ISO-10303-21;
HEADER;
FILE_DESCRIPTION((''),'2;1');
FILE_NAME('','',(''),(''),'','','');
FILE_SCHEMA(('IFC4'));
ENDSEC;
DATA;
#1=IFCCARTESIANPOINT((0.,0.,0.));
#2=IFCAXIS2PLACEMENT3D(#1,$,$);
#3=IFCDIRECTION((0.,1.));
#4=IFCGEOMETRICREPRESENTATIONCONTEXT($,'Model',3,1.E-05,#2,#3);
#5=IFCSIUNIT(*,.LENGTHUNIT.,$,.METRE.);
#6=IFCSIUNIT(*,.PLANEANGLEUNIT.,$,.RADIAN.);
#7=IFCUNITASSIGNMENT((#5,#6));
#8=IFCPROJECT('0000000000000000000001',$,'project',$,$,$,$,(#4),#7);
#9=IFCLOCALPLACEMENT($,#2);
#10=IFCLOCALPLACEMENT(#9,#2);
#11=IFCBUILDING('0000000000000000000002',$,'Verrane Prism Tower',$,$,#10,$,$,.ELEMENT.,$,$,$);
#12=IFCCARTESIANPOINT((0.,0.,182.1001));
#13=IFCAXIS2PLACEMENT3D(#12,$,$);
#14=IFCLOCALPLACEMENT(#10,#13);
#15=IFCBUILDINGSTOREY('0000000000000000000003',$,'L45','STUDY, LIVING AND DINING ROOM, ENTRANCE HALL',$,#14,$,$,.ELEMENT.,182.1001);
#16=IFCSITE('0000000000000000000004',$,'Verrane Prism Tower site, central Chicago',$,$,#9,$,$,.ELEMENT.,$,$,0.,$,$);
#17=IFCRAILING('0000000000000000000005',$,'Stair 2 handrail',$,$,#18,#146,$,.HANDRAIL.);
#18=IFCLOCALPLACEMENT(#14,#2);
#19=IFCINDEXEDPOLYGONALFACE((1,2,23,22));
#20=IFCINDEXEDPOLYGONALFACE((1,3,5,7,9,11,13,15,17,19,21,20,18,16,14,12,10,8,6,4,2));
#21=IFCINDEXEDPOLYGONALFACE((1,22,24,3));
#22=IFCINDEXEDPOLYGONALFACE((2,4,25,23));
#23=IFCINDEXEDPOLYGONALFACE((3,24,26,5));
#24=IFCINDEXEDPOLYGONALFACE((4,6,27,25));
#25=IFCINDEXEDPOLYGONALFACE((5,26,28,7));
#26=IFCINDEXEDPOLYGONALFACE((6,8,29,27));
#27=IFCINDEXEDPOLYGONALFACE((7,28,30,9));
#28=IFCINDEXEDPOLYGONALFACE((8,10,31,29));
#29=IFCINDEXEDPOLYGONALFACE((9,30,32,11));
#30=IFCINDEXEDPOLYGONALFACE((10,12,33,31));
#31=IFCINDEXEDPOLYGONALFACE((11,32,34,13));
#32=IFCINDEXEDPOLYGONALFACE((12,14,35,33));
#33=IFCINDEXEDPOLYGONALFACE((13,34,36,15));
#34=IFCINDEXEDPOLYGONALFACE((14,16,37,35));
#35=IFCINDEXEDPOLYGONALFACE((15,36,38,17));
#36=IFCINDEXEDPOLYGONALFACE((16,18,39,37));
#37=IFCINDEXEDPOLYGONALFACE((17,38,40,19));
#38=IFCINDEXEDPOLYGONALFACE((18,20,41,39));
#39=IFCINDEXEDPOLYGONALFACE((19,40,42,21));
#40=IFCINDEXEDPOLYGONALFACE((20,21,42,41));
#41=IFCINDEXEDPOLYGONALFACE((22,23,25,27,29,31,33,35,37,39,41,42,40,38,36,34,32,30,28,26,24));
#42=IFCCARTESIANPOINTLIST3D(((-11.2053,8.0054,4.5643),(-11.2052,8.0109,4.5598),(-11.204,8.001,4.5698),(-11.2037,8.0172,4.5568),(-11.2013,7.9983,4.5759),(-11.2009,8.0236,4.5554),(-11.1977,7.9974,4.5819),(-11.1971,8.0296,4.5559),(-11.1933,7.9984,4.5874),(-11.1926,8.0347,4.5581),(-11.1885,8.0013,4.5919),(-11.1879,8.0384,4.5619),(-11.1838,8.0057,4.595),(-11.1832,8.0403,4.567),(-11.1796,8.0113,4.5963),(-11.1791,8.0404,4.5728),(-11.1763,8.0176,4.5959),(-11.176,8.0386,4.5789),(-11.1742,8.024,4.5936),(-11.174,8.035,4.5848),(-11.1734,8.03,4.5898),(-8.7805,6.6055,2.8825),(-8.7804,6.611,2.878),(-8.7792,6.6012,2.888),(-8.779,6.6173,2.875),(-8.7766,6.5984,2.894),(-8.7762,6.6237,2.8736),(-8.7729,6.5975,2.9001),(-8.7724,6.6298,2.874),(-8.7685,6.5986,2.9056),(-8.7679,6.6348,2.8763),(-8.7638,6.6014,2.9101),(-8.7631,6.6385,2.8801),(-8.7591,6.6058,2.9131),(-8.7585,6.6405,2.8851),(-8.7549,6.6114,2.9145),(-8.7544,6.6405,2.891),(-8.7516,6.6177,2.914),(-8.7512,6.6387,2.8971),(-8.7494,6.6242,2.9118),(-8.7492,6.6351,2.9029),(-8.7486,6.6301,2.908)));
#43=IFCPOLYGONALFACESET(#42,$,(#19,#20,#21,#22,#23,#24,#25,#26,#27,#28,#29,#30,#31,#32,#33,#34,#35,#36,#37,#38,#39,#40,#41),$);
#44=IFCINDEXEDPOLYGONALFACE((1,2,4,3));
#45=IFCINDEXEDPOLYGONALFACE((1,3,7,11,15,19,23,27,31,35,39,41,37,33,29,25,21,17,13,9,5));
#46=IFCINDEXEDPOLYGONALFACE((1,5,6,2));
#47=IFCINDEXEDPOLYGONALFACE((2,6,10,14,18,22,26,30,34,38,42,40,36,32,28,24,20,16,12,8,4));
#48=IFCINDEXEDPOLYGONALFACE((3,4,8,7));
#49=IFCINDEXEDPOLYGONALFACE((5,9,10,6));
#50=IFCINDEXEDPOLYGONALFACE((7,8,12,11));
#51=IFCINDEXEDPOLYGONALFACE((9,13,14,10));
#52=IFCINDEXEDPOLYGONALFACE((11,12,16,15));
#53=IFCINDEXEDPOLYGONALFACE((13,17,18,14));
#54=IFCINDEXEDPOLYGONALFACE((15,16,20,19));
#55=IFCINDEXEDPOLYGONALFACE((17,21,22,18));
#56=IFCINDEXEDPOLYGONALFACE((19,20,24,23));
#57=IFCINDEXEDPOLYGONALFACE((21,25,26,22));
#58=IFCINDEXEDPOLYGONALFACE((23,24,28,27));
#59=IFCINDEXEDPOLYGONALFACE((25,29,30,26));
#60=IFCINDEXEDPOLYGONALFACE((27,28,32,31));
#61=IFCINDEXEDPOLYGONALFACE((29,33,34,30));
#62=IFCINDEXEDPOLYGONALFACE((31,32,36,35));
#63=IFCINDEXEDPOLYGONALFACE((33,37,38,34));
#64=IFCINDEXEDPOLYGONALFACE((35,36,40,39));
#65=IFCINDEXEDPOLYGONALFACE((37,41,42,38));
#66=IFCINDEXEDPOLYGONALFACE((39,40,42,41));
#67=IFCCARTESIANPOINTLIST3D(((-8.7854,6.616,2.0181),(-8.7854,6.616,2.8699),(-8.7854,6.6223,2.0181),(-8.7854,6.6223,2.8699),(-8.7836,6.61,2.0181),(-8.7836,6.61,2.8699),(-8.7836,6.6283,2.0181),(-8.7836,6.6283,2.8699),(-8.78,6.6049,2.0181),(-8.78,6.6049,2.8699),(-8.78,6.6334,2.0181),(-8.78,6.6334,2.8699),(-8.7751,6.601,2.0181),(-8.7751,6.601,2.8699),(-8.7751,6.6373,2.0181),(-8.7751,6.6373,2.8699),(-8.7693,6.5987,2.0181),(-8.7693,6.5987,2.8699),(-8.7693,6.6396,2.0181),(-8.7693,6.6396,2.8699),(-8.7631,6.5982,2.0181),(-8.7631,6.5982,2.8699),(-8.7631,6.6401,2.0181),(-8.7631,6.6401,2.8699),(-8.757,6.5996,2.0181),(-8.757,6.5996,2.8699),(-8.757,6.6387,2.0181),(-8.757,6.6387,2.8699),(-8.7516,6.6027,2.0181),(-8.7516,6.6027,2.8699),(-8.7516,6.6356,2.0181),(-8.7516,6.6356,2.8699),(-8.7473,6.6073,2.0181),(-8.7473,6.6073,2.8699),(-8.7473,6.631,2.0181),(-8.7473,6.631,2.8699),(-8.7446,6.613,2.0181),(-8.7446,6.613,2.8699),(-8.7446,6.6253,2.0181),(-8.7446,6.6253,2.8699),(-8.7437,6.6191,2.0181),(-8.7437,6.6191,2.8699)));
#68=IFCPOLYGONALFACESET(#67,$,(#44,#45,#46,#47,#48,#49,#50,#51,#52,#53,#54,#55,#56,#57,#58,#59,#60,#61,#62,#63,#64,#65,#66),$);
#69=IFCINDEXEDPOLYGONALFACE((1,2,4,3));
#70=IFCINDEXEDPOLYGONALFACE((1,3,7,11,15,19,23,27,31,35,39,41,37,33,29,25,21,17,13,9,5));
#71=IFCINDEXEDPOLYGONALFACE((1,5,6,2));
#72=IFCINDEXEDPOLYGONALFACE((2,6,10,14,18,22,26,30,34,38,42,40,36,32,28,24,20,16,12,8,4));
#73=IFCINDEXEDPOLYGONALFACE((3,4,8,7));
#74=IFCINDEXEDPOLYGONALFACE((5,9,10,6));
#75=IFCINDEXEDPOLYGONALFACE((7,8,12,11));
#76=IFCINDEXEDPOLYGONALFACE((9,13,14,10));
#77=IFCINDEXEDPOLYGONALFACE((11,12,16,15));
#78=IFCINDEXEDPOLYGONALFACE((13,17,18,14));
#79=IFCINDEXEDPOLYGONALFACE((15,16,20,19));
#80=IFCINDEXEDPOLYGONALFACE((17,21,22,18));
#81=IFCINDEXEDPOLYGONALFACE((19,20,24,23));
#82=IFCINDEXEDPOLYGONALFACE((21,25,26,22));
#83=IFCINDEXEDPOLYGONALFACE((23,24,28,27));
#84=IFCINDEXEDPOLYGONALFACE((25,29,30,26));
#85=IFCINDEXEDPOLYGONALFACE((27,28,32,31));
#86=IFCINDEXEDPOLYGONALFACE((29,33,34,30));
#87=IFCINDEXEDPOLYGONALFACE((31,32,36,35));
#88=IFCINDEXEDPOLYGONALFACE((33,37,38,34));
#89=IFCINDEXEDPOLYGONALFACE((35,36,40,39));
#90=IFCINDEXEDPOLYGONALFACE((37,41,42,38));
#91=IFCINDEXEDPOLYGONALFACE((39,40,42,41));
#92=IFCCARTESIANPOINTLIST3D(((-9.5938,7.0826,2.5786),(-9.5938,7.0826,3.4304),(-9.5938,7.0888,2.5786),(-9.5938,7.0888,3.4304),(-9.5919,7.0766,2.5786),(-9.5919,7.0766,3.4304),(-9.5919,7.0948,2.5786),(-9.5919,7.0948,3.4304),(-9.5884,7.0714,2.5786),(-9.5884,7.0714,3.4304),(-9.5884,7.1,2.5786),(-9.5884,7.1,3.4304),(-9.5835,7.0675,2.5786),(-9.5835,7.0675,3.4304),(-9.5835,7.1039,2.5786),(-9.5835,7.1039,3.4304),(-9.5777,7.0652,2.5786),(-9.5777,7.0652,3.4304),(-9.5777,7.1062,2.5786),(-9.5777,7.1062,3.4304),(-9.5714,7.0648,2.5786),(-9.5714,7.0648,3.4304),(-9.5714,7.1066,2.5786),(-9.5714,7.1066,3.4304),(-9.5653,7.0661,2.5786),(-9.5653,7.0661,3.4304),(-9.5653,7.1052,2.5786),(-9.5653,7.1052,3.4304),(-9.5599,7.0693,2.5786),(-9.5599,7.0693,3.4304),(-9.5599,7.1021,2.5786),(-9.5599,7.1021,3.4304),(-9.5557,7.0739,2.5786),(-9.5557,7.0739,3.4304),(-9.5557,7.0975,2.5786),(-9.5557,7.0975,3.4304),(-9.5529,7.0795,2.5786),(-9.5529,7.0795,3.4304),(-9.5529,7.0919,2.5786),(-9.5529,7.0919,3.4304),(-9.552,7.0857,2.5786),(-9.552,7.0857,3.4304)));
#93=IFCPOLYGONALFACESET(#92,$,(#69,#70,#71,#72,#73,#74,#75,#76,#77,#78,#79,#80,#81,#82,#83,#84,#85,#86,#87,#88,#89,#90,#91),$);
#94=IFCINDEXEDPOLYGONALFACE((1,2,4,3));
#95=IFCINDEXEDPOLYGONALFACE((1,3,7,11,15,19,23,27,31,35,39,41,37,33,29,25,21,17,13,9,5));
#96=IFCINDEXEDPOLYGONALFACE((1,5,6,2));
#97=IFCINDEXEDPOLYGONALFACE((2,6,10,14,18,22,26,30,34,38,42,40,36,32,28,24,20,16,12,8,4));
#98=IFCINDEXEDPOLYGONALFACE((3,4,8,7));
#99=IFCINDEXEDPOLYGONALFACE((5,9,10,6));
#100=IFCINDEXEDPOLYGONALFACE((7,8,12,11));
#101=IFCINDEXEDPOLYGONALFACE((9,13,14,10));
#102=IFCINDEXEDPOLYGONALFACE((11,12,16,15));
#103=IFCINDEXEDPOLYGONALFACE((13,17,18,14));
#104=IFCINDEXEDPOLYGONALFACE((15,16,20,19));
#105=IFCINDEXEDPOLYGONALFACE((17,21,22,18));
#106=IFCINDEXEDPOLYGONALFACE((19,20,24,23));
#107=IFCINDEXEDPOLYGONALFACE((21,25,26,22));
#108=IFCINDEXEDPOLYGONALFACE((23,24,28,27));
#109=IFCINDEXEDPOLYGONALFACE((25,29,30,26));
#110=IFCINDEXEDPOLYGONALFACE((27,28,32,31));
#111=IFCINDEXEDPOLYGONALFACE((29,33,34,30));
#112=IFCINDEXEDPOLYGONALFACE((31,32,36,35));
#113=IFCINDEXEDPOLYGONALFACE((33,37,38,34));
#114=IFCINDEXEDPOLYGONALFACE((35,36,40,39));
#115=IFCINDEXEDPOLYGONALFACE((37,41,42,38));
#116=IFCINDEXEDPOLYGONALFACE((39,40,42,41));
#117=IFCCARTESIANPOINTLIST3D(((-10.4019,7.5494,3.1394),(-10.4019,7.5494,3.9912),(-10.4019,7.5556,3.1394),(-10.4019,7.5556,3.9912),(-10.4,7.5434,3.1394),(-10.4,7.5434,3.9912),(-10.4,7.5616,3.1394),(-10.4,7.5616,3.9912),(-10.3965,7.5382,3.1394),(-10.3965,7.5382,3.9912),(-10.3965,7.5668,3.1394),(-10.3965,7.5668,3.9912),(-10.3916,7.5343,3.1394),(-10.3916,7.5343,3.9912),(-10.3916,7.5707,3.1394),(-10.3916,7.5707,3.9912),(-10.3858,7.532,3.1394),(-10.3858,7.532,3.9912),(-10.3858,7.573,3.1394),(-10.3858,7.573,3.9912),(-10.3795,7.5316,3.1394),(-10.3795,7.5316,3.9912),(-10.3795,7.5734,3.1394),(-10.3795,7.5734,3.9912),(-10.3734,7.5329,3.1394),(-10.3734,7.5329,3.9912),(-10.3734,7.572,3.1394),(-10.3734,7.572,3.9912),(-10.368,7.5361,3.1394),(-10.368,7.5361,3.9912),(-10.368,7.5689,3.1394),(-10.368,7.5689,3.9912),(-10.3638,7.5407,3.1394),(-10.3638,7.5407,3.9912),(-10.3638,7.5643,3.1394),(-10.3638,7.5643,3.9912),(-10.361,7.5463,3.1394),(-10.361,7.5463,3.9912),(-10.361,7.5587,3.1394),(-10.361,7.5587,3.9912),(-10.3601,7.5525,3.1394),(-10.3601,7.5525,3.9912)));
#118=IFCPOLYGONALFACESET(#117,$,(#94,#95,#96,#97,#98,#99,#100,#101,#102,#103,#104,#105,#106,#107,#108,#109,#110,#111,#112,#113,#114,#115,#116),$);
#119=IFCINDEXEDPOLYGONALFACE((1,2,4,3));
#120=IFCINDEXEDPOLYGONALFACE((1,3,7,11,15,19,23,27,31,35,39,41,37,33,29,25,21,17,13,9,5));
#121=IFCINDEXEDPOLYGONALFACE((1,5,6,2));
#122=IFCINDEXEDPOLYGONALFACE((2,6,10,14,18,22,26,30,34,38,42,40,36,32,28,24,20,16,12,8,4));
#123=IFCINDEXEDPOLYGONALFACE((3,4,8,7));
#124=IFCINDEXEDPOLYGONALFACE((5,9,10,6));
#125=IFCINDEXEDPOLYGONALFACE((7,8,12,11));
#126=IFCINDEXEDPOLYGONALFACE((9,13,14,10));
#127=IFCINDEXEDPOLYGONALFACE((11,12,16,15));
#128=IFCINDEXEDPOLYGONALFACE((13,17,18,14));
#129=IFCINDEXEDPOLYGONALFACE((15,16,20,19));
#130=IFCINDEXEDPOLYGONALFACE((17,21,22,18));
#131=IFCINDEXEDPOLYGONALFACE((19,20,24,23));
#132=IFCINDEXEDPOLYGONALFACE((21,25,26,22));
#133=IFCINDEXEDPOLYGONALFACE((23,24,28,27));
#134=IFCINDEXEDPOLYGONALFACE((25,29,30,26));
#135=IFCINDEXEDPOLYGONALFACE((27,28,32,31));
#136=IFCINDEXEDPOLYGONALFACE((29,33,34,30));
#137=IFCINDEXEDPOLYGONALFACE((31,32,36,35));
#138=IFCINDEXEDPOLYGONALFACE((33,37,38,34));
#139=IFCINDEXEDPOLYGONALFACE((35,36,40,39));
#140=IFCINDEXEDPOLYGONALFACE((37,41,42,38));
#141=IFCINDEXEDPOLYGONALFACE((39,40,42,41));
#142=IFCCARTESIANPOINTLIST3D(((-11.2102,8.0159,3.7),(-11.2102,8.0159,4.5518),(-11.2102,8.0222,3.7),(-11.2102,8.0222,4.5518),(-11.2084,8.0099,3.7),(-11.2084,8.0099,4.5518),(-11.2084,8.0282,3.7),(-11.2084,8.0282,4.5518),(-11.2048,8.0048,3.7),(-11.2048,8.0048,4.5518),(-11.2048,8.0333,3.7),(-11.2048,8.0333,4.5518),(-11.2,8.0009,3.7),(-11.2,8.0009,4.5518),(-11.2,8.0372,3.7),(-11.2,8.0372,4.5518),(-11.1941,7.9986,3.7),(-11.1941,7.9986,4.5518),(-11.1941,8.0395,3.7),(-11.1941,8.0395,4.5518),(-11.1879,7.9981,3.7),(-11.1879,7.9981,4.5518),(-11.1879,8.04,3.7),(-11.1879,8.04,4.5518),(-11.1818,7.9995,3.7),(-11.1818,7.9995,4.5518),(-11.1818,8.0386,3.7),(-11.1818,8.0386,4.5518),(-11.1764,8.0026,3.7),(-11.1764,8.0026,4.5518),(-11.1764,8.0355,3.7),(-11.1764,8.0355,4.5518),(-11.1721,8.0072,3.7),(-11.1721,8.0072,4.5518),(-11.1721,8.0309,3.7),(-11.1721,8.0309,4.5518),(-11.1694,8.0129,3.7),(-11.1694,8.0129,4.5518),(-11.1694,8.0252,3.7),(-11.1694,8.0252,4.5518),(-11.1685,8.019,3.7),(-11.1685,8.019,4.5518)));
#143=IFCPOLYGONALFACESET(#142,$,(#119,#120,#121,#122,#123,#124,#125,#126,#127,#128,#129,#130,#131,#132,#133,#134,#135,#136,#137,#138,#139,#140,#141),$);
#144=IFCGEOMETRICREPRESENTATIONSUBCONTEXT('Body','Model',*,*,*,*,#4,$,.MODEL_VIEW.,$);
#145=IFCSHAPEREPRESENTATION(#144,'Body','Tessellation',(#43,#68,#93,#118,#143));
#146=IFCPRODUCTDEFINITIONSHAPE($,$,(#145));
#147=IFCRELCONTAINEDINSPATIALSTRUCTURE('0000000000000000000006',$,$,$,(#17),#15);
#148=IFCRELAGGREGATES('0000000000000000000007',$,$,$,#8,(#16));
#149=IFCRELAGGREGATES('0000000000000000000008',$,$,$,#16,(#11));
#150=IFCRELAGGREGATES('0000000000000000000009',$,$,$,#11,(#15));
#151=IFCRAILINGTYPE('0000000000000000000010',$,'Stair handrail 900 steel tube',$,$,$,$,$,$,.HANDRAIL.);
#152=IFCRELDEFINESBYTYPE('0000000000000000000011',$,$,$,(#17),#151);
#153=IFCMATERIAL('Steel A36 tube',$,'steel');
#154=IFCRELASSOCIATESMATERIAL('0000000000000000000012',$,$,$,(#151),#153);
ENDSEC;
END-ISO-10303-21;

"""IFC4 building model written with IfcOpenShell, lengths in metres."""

from ifc_helpers import new_model, si_unit, direction, frame, origin, origin_2d, place, context, subcontext, project, spatial, circle, extrude, material, type_object, element, save


model = new_model("IFC4")

# Units and contexts
model_context = context("Model", 3, precision=1e-05, world=origin(), true_north=direction((0.0, 1.0)))
body_context = subcontext(model_context, "Body", "Model", "MODEL_VIEW")
ifc_project = project(units=[si_unit("LENGTHUNIT", "METRE"), si_unit("PLANEANGLEUNIT", "RADIAN")], contexts=[model_context])

# Site, building, storey
site_placement = place(None, origin())
site = spatial("IfcSite", under=ifc_project, at=site_placement, Name="Verrane Prism Tower site, central Chicago", CompositionType="ELEMENT", RefElevation=0.0)
building_placement = place(site_placement, origin())
building = spatial("IfcBuilding", under=site, at=building_placement, Name="Verrane Prism Tower", CompositionType="ELEMENT")
storey_placement = place(building_placement, frame((0.0, 0.0, 182.1001)))
storey = spatial("IfcBuildingStorey", under=building, at=storey_placement, Name="L45", Description="STUDY, LIVING AND DINING ROOM, ENTRANCE HALL", CompositionType="ELEMENT", Elevation=182.1001)

# Railing
ifc_material_1 = material(Name="Steel A36 tube", Category="steel")
railing_type_1 = type_object("IfcRailingType", Name="Stair handrail 900 steel tube", PredefinedType="HANDRAIL", material=ifc_material_1)
railing_1_placement = place(storey_placement, frame((-8.7646, 6.6191, 2.0181)))
element("IfcRailing", 1, at=railing_1_placement, inside=storey, type_object=railing_type_1, Name="Stair 2 handrail", PredefinedType="HANDRAIL", context=body_context, shape_type="SweptSolid", body=[
    extrude(circle(Radius=0.0239, at=origin_2d()), frame((0.0, 0.0, 0.876), z_axis=(-0.74239, 0.428601, 0.514934), x_axis=(-0.499984, -0.866035, 0.0)), (0.0, 0.0, 1.0), 3.2661),
    extrude(circle(Radius=0.021, at=origin_2d()), origin(), (0.0, 0.0, 1.0), 0.8518),
    extrude(circle(Radius=0.021, at=origin_2d()), frame((-0.8083, 0.4666, 0.5605)), (0.0, 0.0, 1.0), 0.8518),
    extrude(circle(Radius=0.021, at=origin_2d()), frame((-1.6165, 0.9333, 1.1213)), (0.0, 0.0, 1.0), 0.8518),
    extrude(circle(Radius=0.021, at=origin_2d()), frame((-2.4248, 1.3999, 1.6819)), (0.0, 0.0, 1.0), 0.8518),
])

save(model, "model.ifc")
